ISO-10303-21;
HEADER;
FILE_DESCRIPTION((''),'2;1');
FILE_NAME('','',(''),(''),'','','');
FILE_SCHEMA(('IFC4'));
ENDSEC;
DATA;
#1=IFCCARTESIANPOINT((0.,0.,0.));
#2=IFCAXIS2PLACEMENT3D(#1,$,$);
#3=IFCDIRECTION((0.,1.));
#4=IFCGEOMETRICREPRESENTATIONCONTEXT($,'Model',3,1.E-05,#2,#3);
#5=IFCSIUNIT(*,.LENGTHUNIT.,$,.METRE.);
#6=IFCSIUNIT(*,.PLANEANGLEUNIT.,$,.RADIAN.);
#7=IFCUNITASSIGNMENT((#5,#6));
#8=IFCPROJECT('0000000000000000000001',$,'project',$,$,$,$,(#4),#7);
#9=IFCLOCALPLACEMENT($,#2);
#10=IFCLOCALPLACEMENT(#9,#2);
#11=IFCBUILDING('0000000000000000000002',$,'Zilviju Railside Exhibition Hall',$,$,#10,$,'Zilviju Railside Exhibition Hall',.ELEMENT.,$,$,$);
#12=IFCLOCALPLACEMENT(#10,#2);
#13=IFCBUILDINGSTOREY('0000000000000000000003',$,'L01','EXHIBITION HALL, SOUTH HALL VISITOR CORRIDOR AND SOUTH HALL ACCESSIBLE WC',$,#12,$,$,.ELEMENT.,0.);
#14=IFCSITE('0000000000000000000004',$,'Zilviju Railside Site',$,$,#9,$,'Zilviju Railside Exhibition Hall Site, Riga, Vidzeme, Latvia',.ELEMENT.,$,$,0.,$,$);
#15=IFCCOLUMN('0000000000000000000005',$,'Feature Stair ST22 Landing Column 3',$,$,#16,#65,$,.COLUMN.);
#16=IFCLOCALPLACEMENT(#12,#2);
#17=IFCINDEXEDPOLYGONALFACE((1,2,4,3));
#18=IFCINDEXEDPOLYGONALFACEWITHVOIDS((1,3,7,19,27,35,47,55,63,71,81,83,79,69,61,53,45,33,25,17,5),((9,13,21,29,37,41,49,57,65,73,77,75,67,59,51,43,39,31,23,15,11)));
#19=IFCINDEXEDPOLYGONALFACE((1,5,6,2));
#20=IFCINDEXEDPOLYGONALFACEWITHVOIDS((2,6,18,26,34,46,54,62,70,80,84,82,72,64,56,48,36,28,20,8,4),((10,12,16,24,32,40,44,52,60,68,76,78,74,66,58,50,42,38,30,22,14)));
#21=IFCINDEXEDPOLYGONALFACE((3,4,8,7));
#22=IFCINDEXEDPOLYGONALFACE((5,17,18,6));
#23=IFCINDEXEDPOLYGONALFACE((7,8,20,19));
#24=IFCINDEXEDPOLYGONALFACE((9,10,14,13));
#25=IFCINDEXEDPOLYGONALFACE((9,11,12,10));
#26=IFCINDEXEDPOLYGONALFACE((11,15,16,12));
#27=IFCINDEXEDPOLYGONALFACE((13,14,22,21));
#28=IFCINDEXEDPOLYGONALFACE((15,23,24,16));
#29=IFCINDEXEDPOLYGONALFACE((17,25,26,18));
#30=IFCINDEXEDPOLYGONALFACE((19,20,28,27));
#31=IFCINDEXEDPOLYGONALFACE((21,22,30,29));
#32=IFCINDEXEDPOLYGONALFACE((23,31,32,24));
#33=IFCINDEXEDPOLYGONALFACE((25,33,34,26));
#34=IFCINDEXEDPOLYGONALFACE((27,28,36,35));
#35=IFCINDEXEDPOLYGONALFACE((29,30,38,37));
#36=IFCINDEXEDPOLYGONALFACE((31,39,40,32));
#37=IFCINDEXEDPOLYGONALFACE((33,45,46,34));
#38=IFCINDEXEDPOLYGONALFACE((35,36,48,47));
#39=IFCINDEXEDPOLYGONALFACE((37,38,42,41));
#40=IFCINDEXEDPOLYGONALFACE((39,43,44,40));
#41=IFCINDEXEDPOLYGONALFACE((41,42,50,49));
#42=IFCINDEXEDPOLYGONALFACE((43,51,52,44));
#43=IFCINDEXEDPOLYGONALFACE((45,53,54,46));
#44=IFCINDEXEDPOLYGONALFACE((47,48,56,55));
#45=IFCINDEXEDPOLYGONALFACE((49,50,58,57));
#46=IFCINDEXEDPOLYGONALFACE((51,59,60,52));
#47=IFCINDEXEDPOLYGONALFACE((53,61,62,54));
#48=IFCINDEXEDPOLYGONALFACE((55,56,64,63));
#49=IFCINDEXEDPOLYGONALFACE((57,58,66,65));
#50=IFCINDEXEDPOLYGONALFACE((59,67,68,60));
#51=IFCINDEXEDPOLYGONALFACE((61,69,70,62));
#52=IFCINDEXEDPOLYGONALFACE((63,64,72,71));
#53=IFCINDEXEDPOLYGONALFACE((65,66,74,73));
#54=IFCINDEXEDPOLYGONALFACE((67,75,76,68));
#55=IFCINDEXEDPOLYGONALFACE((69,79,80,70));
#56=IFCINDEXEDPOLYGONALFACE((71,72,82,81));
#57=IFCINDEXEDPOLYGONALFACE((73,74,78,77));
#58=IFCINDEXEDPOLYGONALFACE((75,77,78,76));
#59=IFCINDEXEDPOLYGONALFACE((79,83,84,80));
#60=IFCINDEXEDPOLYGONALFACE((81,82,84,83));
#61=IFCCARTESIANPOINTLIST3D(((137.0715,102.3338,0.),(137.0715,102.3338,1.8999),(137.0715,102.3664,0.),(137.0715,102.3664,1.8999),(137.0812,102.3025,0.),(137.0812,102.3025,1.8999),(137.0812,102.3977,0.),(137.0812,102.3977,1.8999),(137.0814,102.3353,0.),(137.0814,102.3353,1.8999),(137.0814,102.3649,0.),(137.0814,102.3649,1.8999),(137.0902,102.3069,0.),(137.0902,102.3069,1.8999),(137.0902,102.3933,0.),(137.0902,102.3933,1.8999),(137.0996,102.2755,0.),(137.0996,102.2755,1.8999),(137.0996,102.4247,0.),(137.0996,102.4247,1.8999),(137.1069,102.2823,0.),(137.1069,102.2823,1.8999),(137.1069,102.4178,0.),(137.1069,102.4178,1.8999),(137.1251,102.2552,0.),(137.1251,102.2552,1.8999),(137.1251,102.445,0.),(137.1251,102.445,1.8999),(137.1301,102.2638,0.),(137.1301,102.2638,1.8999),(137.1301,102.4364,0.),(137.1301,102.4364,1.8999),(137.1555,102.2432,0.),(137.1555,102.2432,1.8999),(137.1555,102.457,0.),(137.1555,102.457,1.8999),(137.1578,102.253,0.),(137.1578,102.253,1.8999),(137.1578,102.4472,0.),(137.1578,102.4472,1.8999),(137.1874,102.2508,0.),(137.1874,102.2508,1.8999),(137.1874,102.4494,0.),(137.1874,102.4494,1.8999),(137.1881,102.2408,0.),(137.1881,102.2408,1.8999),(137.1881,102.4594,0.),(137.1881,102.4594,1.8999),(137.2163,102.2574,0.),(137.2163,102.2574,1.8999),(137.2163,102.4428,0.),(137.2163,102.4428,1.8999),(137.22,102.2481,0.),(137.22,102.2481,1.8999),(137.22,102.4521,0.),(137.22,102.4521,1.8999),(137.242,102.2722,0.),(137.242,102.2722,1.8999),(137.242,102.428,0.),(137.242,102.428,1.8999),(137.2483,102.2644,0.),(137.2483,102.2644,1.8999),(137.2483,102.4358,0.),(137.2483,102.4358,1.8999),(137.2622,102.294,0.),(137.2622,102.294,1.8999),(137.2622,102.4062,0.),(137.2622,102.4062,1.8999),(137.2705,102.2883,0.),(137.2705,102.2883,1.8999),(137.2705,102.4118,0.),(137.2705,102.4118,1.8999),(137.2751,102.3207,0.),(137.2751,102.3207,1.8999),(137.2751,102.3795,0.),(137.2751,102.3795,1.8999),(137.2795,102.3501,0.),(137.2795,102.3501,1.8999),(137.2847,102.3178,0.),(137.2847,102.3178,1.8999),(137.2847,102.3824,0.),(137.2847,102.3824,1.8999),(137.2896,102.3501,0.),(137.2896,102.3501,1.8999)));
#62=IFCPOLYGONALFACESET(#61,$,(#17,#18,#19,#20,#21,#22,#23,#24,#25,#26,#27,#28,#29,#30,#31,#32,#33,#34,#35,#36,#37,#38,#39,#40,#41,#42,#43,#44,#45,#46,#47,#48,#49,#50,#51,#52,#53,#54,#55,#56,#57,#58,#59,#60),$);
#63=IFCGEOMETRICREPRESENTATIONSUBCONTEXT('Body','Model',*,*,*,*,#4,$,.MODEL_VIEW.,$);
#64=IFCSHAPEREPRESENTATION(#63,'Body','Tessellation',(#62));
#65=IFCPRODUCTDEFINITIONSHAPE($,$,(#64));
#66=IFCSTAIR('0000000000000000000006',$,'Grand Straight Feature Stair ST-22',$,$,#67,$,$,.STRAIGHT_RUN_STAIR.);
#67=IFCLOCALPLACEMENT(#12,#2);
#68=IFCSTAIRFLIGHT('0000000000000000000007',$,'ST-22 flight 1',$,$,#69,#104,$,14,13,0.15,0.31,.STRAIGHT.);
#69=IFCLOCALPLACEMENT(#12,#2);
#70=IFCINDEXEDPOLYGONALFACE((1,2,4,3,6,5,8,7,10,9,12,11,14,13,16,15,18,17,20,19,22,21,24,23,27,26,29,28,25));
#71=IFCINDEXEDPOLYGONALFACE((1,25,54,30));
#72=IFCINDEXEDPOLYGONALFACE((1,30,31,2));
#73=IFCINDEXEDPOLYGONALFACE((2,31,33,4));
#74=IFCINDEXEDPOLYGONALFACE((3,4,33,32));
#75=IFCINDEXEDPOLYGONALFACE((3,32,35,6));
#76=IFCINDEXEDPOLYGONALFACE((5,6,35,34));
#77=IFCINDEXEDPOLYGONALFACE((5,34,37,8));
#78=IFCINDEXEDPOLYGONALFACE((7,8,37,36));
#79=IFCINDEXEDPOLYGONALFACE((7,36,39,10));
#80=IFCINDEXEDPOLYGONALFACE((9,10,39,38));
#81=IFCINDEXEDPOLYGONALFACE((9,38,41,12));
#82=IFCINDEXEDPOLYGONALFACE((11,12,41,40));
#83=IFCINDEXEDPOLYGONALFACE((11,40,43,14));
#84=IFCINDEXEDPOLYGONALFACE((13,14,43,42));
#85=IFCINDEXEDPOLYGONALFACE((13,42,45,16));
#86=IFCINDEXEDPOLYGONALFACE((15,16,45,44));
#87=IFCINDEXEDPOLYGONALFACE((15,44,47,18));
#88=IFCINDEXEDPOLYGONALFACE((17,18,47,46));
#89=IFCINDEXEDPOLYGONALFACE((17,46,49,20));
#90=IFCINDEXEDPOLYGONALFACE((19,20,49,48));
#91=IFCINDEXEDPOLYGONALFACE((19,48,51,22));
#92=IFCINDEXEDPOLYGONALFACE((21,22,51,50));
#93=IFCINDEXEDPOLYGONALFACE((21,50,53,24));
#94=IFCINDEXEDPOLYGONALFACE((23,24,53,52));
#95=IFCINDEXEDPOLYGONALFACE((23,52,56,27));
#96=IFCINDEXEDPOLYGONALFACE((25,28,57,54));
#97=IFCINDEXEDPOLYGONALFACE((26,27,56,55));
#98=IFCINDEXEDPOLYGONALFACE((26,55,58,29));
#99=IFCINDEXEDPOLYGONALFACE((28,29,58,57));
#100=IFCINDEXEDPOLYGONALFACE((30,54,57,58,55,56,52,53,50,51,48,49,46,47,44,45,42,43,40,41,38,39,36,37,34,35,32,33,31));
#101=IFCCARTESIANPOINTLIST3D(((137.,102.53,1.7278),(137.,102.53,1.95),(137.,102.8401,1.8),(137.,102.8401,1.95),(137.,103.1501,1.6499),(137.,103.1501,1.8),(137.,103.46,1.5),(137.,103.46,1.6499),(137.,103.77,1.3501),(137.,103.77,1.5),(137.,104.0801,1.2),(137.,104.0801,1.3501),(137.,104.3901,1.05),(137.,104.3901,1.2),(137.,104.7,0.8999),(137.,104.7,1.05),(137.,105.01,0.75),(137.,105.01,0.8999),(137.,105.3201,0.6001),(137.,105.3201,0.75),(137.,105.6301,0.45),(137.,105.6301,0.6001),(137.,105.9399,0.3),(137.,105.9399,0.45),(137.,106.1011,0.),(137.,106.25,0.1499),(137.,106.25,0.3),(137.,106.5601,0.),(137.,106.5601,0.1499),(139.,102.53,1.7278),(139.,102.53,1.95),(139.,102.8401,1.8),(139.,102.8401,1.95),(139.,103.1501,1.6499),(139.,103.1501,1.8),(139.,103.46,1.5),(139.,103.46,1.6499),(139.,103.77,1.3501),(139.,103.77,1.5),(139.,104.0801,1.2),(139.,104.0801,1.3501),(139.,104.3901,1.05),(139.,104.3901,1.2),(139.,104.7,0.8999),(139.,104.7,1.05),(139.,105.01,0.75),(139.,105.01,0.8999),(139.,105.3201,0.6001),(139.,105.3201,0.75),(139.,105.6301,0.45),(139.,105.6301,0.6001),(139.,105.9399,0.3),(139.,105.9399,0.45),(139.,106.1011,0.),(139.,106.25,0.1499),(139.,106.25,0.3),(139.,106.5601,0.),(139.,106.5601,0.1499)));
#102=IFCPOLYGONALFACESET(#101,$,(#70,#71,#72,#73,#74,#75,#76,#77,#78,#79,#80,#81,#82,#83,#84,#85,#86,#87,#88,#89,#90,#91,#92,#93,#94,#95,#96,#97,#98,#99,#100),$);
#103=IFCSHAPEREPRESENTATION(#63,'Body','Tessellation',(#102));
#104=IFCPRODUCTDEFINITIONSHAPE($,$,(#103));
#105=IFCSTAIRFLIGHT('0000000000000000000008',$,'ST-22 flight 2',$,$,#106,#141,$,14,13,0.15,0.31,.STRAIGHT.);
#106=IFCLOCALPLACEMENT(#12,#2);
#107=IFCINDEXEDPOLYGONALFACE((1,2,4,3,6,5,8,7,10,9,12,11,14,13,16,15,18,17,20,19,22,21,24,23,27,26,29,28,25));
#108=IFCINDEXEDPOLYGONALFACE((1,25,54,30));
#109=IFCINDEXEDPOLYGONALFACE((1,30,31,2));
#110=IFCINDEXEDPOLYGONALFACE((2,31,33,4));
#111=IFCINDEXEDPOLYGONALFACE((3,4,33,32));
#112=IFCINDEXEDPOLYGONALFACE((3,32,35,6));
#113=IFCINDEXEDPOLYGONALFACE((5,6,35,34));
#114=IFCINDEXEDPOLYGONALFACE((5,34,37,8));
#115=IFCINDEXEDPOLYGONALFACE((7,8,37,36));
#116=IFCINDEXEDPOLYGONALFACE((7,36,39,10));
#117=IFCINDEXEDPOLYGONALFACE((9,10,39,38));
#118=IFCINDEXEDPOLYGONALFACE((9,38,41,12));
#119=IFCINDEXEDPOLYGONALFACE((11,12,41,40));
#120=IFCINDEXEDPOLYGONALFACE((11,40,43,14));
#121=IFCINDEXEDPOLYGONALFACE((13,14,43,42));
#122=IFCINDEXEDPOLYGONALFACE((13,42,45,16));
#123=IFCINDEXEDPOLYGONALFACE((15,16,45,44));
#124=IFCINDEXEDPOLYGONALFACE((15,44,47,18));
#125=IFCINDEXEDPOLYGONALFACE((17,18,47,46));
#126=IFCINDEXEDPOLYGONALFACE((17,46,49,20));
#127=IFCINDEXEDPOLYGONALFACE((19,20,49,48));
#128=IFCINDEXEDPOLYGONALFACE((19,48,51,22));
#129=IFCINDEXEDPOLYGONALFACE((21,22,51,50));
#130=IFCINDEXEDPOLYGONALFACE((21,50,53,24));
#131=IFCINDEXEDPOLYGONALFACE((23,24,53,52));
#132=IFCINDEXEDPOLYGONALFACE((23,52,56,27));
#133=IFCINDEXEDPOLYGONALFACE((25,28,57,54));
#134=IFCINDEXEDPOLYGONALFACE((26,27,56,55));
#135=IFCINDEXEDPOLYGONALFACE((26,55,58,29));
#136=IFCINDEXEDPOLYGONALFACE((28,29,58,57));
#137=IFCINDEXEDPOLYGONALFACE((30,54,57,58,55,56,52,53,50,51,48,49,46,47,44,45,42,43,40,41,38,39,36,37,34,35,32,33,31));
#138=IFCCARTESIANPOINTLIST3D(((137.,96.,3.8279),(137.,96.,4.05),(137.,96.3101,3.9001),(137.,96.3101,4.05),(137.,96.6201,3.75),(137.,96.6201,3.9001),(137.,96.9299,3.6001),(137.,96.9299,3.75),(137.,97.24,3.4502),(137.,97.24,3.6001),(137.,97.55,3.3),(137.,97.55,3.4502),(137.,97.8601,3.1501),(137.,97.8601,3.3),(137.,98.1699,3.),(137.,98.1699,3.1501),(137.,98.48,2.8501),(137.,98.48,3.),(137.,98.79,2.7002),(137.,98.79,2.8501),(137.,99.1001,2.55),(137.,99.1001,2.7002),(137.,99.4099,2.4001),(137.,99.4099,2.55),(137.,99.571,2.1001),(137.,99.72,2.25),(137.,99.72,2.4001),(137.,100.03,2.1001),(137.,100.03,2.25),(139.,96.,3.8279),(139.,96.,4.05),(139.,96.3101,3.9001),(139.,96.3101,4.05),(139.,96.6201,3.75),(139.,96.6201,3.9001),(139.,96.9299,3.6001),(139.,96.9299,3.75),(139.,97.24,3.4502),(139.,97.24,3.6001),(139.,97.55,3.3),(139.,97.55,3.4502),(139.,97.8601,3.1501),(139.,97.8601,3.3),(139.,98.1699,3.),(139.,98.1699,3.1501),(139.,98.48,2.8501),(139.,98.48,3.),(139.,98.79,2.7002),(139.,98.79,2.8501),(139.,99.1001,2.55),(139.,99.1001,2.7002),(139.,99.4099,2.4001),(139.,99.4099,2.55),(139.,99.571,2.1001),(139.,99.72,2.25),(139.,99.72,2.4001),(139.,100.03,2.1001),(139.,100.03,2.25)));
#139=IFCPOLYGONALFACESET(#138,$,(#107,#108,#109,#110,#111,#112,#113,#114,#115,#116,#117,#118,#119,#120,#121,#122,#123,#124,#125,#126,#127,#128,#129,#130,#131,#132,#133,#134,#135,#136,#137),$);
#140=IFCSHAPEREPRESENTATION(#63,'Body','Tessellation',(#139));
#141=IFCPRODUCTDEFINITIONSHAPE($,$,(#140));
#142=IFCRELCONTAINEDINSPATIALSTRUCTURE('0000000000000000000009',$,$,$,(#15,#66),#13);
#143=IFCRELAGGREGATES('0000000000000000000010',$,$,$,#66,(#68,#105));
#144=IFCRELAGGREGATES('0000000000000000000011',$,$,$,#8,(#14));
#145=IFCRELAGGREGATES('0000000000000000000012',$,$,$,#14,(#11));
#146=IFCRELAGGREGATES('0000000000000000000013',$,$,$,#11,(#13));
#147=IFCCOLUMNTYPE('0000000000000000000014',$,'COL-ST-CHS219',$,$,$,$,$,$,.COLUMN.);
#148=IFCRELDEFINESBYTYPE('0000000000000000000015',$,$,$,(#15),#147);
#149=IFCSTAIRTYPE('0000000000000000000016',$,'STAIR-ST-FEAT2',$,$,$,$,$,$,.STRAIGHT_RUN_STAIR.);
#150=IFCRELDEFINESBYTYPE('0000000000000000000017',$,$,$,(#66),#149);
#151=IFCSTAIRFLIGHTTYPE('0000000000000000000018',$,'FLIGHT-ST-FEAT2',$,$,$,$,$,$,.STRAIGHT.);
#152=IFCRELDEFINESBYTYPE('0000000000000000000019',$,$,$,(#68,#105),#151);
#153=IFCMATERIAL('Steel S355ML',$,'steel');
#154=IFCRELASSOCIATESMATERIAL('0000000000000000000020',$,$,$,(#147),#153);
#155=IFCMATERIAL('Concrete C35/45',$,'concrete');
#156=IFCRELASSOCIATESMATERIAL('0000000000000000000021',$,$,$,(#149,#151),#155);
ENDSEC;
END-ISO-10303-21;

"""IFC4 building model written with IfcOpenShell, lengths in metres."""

from ifc_helpers import new_model, si_unit, direction, frame, origin, origin_2d, place, context, subcontext, project, spatial, polyline, hollow_circle, outline, extrude, material, material_profile, profile_set, type_object, element, aggregate, save


model = new_model("IFC4")

# Units and contexts
model_context = context("Model", 3, precision=1e-05, world=origin(), true_north=direction((0.0, 1.0)))
body_context = subcontext(model_context, "Body", "Model", "MODEL_VIEW")
ifc_project = project(units=[si_unit("LENGTHUNIT", "METRE"), si_unit("PLANEANGLEUNIT", "RADIAN")], contexts=[model_context])

# Site, building, storey
site_placement = place(None, origin())
site = spatial("IfcSite", under=ifc_project, at=site_placement, Name="Zilviju Railside Site", LongName="Zilviju Railside Exhibition Hall Site, Riga, Vidzeme, Latvia", CompositionType="ELEMENT", RefElevation=0.0)
building_placement = place(site_placement, origin())
building = spatial("IfcBuilding", under=site, at=building_placement, Name="Zilviju Railside Exhibition Hall", LongName="Zilviju Railside Exhibition Hall", CompositionType="ELEMENT")
storey_placement = place(building_placement, origin())
storey = spatial("IfcBuildingStorey", under=building, at=storey_placement, Name="L01", Description="EXHIBITION HALL, SOUTH HALL VISITOR CORRIDOR AND SOUTH HALL ACCESSIBLE WC", CompositionType="ELEMENT", Elevation=0.0)

# Shared definitions
ifc_material_1 = material(Name="Concrete C35/45", Category="concrete")

# Column
ifc_material_2 = material(Name="Steel S355ML", Category="steel")
ifc_material_profile_1 = material_profile(ifc_material_2, hollow_circle(Radius=0.1096, WallThickness=0.01, at=origin_2d()), Name="CHS 219.1x10.0")
ifc_profile_set_1 = profile_set([ifc_material_profile_1], Name="Steel S355ML")
column_type_1 = type_object("IfcColumnType", Name="COL-ST-CHS219", PredefinedType="COLUMN", material=ifc_profile_set_1)
for number, where, z_axis, x_axis, name in (
    (1, (137.1799, 102.3501, 0.0), (0.0, 0.0, 1.0), (1.0, 0.0, 0.0), "Feature Stair ST22 Landing Column 3"),
):
    element("IfcColumn", number, at=place(storey_placement, frame(where, z_axis=z_axis, x_axis=x_axis)), inside=storey, type_object=column_type_1, Name=name, PredefinedType="COLUMN", context=body_context, shape_type="SweptSolid", body=[
        extrude(hollow_circle(Radius=0.1096, WallThickness=0.01, at=origin_2d()), origin(), (0.0, 0.0, 1.0), 1.8999),
    ])

# Stair, stair flights
stair_type = type_object("IfcStairType", Name="STAIR-ST-FEAT2", PredefinedType="STRAIGHT_RUN_STAIR", material=ifc_material_1)
stair_placement = place(storey_placement, origin())
stair = element("IfcStair", 2, at=stair_placement, inside=storey, type_object=stair_type, Name="Grand Straight Feature Stair ST-22", PredefinedType="STRAIGHT_RUN_STAIR")
stair_flight_type = type_object("IfcStairFlightType", Name="FLIGHT-ST-FEAT2", PredefinedType="STRAIGHT", material=ifc_material_1)
stair_flight_1_placement = place(storey_placement, frame((138.0, 106.5601, 0.0), z_axis=(0.0, 0.0, 1.0), x_axis=(0.0, -1.0, 0.0)))
stair_flight_1 = element("IfcStairFlight", 3, at=stair_flight_1_placement, type_object=stair_flight_type, Name="ST-22 flight 1", NumberOfRisers=14, NumberOfTreads=13, PredefinedType="STRAIGHT", RiserHeight=0.15, TreadLength=0.31, context=body_context, shape_type="SweptSolid", body=[
    extrude(outline(polyline([(0.0, 0.0), (0.0, 0.1499), (0.3101, 0.1499), (0.3101, 0.3), (0.6201, 0.3), (0.6201, 0.45), (0.9299, 0.45), (0.9299, 0.6001), (1.24, 0.6001), (1.24, 0.75), (1.55, 0.75), (1.55, 0.8999), (1.8601, 0.8999), (1.8601, 1.05), (2.1699, 1.05), (2.1699, 1.2), (2.48, 1.2), (2.48, 1.3501), (2.79, 1.3501), (2.79, 1.5), (3.1001, 1.5), (3.1001, 1.6499), (3.4099, 1.6499), (3.4099, 1.8), (3.72, 1.8), (3.72, 1.95), (4.03, 1.95), (4.03, 2.1001), (4.03, 1.7278), (0.459, 0.0), (0.0, 0.0)])), frame((0.0, 1.0, 0.0), z_axis=(0.0, -1.0, 0.0), x_axis=(1.0, 0.0, 0.0)), (0.0, 0.0, 1.0), 2.0),
])
stair_flight_2_placement = place(storey_placement, frame((138.0, 100.03, 2.1001), z_axis=(0.0, 0.0, 1.0), x_axis=(0.0, -1.0, 0.0)))
stair_flight_2 = element("IfcStairFlight", 4, at=stair_flight_2_placement, type_object=stair_flight_type, Name="ST-22 flight 2", NumberOfRisers=14, NumberOfTreads=13, PredefinedType="STRAIGHT", RiserHeight=0.15, TreadLength=0.31, context=body_context, shape_type="SweptSolid", body=[
    extrude(outline(polyline([(0.0, 0.0), (0.0, 0.1499), (0.3101, 0.1499), (0.3101, 0.3), (0.6201, 0.3), (0.6201, 0.45), (0.9299, 0.45), (0.9299, 0.6001), (1.24, 0.6001), (1.24, 0.75), (1.55, 0.75), (1.55, 0.8999), (1.8601, 0.8999), (1.8601, 1.05), (2.1699, 1.05), (2.1699, 1.2), (2.48, 1.2), (2.48, 1.3501), (2.79, 1.3501), (2.79, 1.5), (3.1001, 1.5), (3.1001, 1.6499), (3.4099, 1.6499), (3.4099, 1.8), (3.72, 1.8), (3.72, 1.95), (4.03, 1.95), (4.03, 2.1001), (4.03, 1.7278), (0.459, 0.0), (0.0, 0.0)])), frame((0.0, 1.0, 0.0), z_axis=(0.0, -1.0, 0.0), x_axis=(1.0, 0.0, 0.0)), (0.0, 0.0, 1.0), 2.0),
])
aggregate(stair, [stair_flight_1, stair_flight_2])

save(model, "model.ifc")
